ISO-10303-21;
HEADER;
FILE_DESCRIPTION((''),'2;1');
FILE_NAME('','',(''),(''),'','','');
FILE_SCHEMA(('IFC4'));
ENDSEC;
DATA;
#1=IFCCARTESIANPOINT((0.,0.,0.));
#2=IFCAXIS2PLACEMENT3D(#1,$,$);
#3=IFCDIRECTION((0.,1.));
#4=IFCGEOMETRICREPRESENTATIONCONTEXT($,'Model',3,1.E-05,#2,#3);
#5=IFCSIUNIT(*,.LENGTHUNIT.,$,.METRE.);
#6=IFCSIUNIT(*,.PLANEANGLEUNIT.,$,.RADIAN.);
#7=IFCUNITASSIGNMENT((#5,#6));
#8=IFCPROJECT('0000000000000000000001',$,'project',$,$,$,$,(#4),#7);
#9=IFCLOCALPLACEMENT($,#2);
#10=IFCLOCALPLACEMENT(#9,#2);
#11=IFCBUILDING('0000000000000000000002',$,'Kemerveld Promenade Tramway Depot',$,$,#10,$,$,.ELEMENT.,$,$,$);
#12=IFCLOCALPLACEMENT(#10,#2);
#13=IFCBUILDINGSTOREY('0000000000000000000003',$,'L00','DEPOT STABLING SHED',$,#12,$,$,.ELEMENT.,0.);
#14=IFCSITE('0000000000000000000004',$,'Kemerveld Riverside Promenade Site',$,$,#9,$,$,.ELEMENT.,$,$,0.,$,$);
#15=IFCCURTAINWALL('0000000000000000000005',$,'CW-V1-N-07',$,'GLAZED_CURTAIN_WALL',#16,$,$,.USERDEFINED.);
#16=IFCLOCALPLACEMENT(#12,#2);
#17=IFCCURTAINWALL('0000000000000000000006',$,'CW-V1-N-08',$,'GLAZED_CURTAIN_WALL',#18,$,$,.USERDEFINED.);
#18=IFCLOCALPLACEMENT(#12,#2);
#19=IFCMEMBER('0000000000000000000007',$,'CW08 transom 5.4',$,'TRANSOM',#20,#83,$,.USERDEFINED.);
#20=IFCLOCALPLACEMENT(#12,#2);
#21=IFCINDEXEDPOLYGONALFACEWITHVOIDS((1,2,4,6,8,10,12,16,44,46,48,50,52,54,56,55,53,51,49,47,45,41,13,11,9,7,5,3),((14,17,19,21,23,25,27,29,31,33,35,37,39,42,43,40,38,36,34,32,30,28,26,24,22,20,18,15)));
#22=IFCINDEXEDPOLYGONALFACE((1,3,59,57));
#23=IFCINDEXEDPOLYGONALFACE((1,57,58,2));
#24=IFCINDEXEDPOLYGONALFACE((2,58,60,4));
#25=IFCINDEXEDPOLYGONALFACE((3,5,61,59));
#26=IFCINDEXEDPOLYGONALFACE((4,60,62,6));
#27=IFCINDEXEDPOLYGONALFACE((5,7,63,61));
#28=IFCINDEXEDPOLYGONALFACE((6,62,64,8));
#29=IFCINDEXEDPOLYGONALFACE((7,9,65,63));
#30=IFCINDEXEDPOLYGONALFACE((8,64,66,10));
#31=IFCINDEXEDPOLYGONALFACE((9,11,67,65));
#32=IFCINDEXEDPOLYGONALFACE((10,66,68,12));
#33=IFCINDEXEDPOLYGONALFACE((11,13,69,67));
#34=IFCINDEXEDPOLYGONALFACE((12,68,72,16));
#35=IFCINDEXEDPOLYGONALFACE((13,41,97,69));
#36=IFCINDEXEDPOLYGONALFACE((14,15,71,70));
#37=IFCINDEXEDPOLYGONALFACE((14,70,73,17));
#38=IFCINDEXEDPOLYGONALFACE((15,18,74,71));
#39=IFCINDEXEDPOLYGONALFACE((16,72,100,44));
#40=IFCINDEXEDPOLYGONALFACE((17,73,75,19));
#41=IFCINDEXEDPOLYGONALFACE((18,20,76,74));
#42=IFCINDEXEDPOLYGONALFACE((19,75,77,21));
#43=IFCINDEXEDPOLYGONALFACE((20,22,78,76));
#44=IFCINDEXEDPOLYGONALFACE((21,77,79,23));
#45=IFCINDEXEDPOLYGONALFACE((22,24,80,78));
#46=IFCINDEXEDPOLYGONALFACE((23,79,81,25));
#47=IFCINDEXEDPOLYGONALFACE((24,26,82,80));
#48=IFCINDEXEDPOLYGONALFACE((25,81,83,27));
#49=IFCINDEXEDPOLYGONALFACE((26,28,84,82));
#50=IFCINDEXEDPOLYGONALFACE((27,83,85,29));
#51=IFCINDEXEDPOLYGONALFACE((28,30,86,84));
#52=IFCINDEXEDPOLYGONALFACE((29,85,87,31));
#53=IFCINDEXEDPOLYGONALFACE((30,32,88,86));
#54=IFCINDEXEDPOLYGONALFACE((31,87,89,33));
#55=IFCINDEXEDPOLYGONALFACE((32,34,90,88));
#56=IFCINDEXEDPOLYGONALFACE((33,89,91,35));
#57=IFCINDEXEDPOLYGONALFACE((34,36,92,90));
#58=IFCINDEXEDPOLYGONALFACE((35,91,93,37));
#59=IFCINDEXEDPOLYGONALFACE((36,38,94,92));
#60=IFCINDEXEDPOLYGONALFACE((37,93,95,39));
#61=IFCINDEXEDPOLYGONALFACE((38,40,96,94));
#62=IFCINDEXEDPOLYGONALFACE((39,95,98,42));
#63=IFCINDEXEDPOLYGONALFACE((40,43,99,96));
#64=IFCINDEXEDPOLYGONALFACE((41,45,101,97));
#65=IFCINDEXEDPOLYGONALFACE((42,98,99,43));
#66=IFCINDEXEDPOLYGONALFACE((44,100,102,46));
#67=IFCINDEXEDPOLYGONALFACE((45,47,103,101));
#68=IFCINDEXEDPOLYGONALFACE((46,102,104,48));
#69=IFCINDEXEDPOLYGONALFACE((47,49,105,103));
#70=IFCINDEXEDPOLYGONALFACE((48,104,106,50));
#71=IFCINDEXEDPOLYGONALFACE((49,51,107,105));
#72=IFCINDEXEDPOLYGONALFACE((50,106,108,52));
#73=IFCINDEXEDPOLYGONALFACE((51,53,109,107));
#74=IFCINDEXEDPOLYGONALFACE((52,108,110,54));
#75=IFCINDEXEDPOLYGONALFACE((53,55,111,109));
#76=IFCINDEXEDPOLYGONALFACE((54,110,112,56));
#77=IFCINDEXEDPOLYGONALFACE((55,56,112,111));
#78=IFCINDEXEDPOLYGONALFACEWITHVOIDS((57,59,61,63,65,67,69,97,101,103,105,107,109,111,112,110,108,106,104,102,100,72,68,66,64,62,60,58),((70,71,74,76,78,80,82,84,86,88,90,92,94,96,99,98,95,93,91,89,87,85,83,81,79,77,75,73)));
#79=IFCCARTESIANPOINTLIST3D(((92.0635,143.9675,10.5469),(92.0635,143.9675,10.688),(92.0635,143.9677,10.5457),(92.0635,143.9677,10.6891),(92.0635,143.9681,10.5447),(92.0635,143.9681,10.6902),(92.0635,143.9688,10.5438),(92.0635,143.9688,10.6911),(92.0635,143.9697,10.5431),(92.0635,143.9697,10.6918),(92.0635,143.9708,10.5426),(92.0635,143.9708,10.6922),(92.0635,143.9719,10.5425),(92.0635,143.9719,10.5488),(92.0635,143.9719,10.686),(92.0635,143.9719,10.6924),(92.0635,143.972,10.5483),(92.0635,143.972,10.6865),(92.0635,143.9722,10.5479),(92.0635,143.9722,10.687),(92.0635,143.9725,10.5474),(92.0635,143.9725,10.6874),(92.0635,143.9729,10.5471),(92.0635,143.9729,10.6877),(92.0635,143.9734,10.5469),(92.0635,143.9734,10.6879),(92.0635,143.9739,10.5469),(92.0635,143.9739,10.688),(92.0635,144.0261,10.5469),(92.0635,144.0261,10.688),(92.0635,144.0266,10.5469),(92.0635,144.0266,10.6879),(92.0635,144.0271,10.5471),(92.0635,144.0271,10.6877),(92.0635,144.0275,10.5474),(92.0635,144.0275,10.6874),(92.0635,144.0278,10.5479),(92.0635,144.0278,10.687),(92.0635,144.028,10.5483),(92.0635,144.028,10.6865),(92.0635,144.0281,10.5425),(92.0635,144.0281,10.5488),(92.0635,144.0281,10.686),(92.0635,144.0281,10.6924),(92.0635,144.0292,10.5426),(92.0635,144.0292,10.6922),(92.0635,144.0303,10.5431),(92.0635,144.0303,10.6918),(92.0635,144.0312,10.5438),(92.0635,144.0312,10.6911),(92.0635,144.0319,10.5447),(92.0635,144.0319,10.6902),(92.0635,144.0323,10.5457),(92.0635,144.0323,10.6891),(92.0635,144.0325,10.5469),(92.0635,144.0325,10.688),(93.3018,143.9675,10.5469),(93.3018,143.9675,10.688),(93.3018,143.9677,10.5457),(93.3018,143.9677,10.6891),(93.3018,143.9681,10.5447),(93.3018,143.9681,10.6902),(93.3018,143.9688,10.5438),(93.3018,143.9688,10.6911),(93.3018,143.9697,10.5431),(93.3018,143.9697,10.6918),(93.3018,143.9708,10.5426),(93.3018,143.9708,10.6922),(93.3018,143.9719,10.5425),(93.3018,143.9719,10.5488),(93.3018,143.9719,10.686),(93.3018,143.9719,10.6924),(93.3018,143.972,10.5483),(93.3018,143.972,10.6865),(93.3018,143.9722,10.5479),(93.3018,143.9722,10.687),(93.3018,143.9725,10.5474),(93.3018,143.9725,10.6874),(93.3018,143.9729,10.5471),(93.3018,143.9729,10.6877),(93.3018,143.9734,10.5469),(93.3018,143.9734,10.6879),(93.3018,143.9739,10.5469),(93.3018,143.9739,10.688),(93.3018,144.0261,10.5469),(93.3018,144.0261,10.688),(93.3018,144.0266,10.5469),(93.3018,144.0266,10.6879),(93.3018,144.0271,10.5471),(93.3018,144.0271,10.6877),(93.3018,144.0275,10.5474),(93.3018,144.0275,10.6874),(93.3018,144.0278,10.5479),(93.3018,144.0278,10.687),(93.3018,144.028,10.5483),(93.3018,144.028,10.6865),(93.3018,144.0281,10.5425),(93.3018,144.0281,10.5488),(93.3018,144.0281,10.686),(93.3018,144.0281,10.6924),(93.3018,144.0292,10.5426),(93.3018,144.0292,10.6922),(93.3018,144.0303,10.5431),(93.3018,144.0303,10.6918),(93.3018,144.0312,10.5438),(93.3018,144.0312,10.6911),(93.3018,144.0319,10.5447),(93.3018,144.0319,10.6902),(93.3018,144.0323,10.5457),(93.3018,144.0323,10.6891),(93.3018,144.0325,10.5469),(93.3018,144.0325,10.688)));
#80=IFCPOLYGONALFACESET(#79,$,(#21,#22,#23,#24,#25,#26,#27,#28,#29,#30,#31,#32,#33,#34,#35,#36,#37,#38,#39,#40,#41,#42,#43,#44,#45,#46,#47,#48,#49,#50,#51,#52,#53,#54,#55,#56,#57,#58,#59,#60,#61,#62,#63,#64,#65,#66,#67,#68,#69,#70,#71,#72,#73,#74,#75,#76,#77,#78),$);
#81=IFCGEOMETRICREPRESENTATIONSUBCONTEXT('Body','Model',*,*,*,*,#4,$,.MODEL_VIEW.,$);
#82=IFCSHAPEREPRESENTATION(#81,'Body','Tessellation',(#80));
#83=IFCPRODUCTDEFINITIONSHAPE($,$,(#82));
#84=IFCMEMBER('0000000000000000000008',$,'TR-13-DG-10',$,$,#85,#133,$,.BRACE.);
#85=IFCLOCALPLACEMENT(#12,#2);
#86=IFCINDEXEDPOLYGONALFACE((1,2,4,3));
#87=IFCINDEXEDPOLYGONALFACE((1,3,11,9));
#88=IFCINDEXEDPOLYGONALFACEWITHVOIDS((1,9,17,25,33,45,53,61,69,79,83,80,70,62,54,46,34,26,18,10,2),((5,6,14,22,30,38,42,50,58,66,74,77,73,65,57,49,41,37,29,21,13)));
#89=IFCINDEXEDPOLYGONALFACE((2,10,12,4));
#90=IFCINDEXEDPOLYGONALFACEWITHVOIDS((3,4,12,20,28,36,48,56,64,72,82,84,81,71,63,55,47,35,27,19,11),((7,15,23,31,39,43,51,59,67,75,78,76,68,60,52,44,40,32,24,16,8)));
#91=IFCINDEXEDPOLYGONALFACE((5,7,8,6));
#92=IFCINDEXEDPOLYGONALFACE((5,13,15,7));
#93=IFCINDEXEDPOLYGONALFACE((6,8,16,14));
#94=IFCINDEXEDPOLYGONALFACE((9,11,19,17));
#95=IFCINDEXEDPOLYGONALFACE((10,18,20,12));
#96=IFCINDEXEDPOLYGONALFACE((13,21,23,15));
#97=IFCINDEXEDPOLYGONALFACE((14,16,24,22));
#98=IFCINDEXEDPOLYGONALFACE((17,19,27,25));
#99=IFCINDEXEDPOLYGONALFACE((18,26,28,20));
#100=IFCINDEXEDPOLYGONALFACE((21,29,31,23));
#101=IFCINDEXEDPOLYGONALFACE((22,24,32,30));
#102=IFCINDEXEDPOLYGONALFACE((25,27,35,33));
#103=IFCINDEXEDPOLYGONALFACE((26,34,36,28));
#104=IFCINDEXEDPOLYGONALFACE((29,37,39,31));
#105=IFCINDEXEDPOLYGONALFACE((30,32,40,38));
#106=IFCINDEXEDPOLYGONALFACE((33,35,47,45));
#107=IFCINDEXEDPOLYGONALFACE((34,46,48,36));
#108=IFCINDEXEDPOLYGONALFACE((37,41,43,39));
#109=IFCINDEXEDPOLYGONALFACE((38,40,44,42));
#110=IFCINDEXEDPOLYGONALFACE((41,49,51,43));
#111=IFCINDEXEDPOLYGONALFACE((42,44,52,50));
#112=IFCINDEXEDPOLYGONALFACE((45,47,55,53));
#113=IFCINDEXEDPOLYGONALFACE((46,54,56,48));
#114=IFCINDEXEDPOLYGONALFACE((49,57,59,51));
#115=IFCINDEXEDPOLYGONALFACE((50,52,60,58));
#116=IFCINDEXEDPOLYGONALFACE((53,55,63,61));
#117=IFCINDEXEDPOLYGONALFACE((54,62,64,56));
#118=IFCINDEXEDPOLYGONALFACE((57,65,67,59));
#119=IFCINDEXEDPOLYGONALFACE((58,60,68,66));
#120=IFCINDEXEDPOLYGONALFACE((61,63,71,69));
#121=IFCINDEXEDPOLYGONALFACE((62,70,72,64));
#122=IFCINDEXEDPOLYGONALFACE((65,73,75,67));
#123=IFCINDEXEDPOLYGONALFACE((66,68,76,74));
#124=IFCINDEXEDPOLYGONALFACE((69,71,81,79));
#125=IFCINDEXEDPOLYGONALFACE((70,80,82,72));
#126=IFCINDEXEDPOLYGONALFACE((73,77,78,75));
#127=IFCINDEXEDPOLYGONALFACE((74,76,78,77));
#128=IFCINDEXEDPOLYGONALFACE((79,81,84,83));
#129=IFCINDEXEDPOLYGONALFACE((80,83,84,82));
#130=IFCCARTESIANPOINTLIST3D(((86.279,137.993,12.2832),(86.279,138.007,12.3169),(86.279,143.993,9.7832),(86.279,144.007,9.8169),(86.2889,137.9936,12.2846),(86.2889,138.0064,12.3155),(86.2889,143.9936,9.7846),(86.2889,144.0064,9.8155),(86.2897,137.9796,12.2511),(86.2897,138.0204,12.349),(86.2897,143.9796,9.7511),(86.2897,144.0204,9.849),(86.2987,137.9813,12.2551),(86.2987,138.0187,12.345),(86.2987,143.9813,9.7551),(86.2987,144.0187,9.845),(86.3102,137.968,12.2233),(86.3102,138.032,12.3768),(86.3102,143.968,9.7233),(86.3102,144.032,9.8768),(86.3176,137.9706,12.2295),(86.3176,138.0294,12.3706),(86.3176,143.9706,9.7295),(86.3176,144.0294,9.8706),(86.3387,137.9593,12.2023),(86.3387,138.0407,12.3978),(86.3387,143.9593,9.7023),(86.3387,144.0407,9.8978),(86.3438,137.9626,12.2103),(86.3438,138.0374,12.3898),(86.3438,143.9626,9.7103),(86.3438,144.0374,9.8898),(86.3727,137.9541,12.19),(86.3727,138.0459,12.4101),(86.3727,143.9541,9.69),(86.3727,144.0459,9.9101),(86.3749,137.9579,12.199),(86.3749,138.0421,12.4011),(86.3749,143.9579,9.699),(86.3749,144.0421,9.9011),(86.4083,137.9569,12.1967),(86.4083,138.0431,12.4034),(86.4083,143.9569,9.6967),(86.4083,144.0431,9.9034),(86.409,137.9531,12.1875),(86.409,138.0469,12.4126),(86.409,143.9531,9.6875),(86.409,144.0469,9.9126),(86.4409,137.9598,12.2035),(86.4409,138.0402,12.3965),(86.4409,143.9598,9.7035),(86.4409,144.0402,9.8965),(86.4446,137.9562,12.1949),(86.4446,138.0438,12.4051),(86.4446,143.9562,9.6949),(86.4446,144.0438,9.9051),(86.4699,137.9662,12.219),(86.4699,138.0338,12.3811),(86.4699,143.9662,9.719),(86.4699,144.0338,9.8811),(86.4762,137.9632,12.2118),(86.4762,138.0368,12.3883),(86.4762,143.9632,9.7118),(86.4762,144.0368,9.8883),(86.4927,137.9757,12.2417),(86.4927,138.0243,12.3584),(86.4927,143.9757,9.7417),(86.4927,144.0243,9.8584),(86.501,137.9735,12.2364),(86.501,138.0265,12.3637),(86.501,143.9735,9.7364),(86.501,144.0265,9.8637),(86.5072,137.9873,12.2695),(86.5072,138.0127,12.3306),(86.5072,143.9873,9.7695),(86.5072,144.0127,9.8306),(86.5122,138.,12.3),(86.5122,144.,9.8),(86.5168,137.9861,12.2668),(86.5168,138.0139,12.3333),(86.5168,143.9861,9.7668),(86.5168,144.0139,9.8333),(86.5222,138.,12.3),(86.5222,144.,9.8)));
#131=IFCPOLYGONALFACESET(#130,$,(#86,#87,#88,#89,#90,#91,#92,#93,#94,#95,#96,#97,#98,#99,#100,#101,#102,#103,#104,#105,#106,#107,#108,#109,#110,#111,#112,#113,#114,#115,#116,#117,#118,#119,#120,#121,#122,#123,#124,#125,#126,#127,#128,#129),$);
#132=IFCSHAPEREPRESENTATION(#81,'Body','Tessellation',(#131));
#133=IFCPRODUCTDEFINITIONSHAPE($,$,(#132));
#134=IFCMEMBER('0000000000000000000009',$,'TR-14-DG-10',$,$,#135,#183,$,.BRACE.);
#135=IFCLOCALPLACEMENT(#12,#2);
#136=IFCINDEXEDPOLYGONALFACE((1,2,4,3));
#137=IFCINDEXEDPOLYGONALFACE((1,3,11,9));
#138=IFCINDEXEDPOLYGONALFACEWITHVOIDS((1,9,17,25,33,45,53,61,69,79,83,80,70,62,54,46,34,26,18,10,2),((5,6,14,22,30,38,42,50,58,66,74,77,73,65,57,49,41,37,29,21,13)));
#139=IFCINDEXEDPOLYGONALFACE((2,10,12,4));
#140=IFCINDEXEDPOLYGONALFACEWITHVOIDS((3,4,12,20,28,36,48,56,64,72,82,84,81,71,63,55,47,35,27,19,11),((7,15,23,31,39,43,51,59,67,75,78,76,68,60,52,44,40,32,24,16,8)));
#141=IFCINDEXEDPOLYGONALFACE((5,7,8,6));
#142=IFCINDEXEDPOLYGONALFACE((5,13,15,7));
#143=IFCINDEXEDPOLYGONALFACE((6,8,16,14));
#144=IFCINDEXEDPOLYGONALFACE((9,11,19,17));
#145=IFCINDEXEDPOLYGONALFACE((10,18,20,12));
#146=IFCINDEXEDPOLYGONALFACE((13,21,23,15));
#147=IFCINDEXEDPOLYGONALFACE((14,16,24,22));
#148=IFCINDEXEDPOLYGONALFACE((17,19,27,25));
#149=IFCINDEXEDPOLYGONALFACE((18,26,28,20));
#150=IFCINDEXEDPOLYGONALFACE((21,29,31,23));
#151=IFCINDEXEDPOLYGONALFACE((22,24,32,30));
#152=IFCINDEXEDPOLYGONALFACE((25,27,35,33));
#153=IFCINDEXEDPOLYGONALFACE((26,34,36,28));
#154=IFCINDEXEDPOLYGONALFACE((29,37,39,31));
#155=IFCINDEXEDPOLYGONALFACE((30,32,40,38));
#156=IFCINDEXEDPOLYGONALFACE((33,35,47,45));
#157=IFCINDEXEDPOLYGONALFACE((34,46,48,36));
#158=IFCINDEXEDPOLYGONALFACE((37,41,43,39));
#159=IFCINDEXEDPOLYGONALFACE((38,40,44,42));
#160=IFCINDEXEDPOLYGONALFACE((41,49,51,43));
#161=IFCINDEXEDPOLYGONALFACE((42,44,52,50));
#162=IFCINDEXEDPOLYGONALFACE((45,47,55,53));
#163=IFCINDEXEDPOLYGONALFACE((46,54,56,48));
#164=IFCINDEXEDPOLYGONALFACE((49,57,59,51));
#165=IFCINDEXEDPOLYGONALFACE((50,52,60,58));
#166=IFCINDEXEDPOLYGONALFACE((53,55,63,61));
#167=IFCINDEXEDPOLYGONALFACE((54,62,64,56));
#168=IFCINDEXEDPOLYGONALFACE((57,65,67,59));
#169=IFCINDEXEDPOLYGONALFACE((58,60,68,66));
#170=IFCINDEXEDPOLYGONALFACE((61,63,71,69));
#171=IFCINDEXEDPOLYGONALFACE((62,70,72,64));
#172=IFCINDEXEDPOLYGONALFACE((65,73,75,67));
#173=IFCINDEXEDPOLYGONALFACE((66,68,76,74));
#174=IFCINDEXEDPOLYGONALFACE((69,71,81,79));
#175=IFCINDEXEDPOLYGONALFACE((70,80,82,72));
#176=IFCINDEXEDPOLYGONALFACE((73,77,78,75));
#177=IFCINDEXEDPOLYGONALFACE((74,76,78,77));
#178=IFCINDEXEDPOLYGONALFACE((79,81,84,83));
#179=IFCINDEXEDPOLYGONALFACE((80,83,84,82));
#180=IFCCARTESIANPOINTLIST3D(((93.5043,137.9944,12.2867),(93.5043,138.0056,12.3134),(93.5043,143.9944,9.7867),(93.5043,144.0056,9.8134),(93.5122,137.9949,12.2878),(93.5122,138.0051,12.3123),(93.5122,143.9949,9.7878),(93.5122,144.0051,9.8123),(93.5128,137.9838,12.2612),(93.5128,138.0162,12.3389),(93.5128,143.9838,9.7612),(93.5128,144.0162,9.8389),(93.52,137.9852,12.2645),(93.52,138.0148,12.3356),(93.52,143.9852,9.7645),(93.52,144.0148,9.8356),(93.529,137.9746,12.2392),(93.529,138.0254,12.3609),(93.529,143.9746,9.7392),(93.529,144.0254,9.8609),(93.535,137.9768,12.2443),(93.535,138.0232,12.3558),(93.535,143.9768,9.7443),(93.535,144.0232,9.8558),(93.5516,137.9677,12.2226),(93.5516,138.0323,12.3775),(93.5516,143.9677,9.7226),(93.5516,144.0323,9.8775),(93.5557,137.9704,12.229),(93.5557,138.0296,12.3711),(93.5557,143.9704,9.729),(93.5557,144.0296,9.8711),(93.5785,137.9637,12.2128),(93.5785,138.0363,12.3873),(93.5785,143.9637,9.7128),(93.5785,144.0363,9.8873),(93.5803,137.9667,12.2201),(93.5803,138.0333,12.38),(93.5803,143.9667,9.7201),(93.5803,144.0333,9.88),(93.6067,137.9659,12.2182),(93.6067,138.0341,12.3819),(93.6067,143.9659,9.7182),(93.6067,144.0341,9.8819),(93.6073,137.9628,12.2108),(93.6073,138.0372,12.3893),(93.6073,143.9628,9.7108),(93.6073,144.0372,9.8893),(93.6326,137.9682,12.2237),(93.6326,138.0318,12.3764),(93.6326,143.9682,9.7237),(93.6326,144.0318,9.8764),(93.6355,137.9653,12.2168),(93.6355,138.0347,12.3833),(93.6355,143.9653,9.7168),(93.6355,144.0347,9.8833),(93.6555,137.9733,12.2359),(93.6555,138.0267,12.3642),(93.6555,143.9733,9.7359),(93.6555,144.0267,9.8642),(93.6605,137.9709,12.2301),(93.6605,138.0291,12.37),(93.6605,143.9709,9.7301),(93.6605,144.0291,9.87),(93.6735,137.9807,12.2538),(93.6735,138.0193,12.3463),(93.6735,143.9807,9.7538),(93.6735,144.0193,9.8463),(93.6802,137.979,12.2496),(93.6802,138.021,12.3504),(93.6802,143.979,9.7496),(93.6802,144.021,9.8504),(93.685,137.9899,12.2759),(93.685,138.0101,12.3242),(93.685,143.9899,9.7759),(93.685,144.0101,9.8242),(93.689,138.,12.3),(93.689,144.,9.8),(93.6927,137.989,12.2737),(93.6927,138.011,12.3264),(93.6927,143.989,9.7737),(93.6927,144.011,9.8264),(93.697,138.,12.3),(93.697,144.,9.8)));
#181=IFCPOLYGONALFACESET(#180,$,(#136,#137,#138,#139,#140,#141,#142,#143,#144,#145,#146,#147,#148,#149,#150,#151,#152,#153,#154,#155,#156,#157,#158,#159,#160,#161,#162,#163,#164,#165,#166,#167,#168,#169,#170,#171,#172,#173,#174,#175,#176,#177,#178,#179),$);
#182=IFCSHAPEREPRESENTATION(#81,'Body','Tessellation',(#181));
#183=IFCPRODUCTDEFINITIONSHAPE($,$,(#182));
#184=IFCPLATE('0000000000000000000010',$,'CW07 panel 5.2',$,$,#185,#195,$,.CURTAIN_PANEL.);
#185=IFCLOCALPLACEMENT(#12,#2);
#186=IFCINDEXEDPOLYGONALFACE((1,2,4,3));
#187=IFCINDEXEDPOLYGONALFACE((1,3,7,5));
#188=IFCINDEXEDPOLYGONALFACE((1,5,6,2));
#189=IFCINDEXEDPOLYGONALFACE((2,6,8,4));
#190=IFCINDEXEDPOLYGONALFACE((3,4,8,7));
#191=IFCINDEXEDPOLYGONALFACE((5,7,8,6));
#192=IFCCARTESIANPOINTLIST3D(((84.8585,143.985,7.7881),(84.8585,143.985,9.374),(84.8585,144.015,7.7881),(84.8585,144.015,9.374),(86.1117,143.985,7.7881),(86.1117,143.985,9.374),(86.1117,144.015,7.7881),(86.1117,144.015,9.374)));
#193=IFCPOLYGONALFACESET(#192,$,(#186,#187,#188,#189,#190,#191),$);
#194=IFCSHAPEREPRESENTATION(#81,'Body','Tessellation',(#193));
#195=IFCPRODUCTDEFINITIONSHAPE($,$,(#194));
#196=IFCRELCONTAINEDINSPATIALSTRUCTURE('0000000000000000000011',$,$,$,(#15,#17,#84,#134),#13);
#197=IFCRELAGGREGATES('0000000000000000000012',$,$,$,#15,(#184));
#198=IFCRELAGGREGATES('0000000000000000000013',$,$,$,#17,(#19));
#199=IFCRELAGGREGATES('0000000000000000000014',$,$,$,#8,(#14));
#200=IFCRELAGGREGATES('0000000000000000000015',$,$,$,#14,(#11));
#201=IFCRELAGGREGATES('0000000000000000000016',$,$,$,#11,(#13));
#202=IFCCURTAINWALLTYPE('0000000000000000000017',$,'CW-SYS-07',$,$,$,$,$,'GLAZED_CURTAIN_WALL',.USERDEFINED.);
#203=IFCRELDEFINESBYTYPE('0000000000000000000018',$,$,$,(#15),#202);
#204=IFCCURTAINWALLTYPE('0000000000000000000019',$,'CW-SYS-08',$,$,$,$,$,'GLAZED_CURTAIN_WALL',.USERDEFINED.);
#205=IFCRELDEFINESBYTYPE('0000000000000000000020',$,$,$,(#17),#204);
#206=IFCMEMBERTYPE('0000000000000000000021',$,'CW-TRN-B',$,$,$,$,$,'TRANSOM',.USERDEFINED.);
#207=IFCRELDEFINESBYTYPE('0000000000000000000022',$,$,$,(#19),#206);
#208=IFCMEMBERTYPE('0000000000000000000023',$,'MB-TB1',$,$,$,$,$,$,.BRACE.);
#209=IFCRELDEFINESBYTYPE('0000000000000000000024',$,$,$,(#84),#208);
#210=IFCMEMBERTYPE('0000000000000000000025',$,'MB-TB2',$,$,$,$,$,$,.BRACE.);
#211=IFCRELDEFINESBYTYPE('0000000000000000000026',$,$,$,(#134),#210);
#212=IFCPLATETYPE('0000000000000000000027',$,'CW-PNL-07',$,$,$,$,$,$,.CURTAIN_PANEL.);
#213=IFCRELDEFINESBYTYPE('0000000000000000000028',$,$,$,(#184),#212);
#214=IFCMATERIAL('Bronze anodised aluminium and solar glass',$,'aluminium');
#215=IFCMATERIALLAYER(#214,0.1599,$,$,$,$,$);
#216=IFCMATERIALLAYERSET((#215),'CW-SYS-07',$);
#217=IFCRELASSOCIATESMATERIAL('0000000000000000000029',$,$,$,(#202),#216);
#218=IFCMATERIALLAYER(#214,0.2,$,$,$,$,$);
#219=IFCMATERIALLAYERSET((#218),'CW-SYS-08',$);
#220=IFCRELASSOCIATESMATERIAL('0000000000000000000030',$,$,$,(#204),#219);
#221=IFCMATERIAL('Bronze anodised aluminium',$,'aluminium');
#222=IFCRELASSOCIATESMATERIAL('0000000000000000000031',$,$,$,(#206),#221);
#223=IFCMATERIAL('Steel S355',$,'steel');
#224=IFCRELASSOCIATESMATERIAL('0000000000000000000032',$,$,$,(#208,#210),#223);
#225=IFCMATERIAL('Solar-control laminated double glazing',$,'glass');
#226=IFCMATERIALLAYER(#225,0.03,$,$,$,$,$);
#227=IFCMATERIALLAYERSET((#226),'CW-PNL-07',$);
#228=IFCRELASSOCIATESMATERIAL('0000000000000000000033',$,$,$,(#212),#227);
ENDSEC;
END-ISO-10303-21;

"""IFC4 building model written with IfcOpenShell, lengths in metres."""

from ifc_helpers import new_model, si_unit, direction, frame, origin, origin_2d, place, context, subcontext, project, spatial, rectangle, hollow_rectangle, hollow_circle, extrude, material, layer, layer_set, material_profile, profile_set, type_object, element, aggregate, save


model = new_model("IFC4")

# Units and contexts
model_context = context("Model", 3, precision=1e-05, world=origin(), true_north=direction((0.0, 1.0)))
body_context = subcontext(model_context, "Body", "Model", "MODEL_VIEW")
ifc_project = project(units=[si_unit("LENGTHUNIT", "METRE"), si_unit("PLANEANGLEUNIT", "RADIAN")], contexts=[model_context])

# Site, building, storey
site_placement = place(None, origin())
site = spatial("IfcSite", under=ifc_project, at=site_placement, Name="Kemerveld Riverside Promenade Site", CompositionType="ELEMENT", RefElevation=0.0)
building_placement = place(site_placement, origin())
building = spatial("IfcBuilding", under=site, at=building_placement, Name="Kemerveld Promenade Tramway Depot", CompositionType="ELEMENT")
storey_placement = place(building_placement, origin())
storey = spatial("IfcBuildingStorey", under=building, at=storey_placement, Name="L00", Description="DEPOT STABLING SHED", CompositionType="ELEMENT", Elevation=0.0)

# Shared definitions
ifc_material_1 = material(Name="Steel S355", Category="steel")

# Curtain walls, member
ifc_material_2 = material(Name="Bronze anodised aluminium and solar glass", Category="aluminium")
ifc_layer_1 = layer(ifc_material_2, 0.1599)
ifc_layer_set_1 = layer_set([ifc_layer_1], Name="CW-SYS-07")
curtain_wall_type_1 = type_object("IfcCurtainWallType", Name="CW-SYS-07", ElementType="GLAZED_CURTAIN_WALL", PredefinedType="USERDEFINED", material=ifc_layer_set_1)
curtain_wall_1_placement = place(storey_placement, origin())
curtain_wall_1 = element("IfcCurtainWall", 1, at=curtain_wall_1_placement, inside=storey, type_object=curtain_wall_type_1, Name="CW-V1-N-07", ObjectType="GLAZED_CURTAIN_WALL", PredefinedType="USERDEFINED")
ifc_material_3 = material(Name="Bronze anodised aluminium", Category="aluminium")
ifc_layer_2 = layer(ifc_material_2, 0.2)
ifc_layer_set_2 = layer_set([ifc_layer_2], Name="CW-SYS-08")
curtain_wall_type_2 = type_object("IfcCurtainWallType", Name="CW-SYS-08", ElementType="GLAZED_CURTAIN_WALL", PredefinedType="USERDEFINED", material=ifc_layer_set_2)
curtain_wall_2_placement = place(storey_placement, origin())
curtain_wall_2 = element("IfcCurtainWall", 2, at=curtain_wall_2_placement, inside=storey, type_object=curtain_wall_type_2, Name="CW-V1-N-08", ObjectType="GLAZED_CURTAIN_WALL", PredefinedType="USERDEFINED")
ifc_material_profile_1 = material_profile(ifc_material_3, hollow_rectangle(XDim=0.0649, YDim=0.1499, WallThickness=0.0044, InnerFilletRadius=0.002, OuterFilletRadius=0.0044, at=origin_2d()), Name="CW-TRN-150x65")
ifc_profile_set_1 = profile_set([ifc_material_profile_1], Name="Bronze anodised aluminium")
member_type_1 = type_object("IfcMemberType", Name="CW-TRN-B", ElementType="TRANSOM", PredefinedType="USERDEFINED", material=ifc_profile_set_1)
member_1_placement = place(storey_placement, frame((92.0635, 144.0, 10.6174), z_axis=(1.0, 0.0, 0.0), x_axis=(0.0, 1.0, 0.0)))
member_1 = element("IfcMember", 3, at=member_1_placement, type_object=member_type_1, Name="CW08 transom 5.4", ObjectType="TRANSOM", PredefinedType="USERDEFINED", context=body_context, shape_type="SweptSolid", body=[
    extrude(hollow_rectangle(XDim=0.0649, YDim=0.1499, WallThickness=0.0044, InnerFilletRadius=0.002, OuterFilletRadius=0.0044, at=origin_2d()), origin(), (0.0, 0.0, 1.0), 1.2383),
])

# Members
ifc_material_profile_2 = material_profile(ifc_material_1, hollow_circle(Radius=0.1223, WallThickness=0.01, at=origin_2d()), Name="244.5x10.0 CHS")
ifc_profile_set_2 = profile_set([ifc_material_profile_2], Name="Steel S355")
member_type_2 = type_object("IfcMemberType", Name="MB-TB1", PredefinedType="BRACE", material=ifc_profile_set_2)
member_2_placement = place(storey_placement, frame((86.3999, 144.0, 9.8), z_axis=(0.0, -0.923077, 0.384615), x_axis=(1.0, 0.0, 0.0)))
element("IfcMember", 4, at=member_2_placement, inside=storey, type_object=member_type_2, Name="TR-13-DG-10", PredefinedType="BRACE", context=body_context, shape_type="SweptSolid", body=[
    extrude(hollow_circle(Radius=0.1223, WallThickness=0.01, at=origin_2d()), origin(), (0.0, 0.0, 1.0), 6.5),
])
ifc_material_profile_3 = material_profile(ifc_material_1, hollow_circle(Radius=0.0969, WallThickness=0.0081, at=origin_2d()), Name="193.7x8.0 CHS")
ifc_profile_set_3 = profile_set([ifc_material_profile_3], Name="Steel S355")
member_type_3 = type_object("IfcMemberType", Name="MB-TB2", PredefinedType="BRACE", material=ifc_profile_set_3)
member_3_placement = place(storey_placement, frame((93.6001, 144.0, 9.8), z_axis=(0.0, -0.923077, 0.384615), x_axis=(1.0, 0.0, 0.0)))
element("IfcMember", 5, at=member_3_placement, inside=storey, type_object=member_type_3, Name="TR-14-DG-10", PredefinedType="BRACE", context=body_context, shape_type="SweptSolid", body=[
    extrude(hollow_circle(Radius=0.0969, WallThickness=0.0081, at=origin_2d()), origin(), (0.0, 0.0, 1.0), 6.5),
])

# Plate
ifc_material_4 = material(Name="Solar-control laminated double glazing", Category="glass")
ifc_layer_3 = layer(ifc_material_4, 0.03)
ifc_layer_set_3 = layer_set([ifc_layer_3], Name="CW-PNL-07")
plate_type_1 = type_object("IfcPlateType", Name="CW-PNL-07", PredefinedType="CURTAIN_PANEL", material=ifc_layer_set_3)
plate_1_placement = place(storey_placement, frame((85.4851, 144.0, 7.7881), z_axis=(0.0, 0.0, 1.0), x_axis=(1.0, 0.0, 0.0)))
plate_1 = element("IfcPlate", 6, at=plate_1_placement, type_object=plate_type_1, Name="CW07 panel 5.2", PredefinedType="CURTAIN_PANEL", context=body_context, shape_type="SweptSolid", body=[
    extrude(rectangle(XDim=1.2532, YDim=0.03, at=origin_2d()), origin(), (0.0, 0.0, 1.0), 1.5859),
])
aggregate(curtain_wall_1, [plate_1])
aggregate(curtain_wall_2, [member_1])

save(model, "model.ifc")
